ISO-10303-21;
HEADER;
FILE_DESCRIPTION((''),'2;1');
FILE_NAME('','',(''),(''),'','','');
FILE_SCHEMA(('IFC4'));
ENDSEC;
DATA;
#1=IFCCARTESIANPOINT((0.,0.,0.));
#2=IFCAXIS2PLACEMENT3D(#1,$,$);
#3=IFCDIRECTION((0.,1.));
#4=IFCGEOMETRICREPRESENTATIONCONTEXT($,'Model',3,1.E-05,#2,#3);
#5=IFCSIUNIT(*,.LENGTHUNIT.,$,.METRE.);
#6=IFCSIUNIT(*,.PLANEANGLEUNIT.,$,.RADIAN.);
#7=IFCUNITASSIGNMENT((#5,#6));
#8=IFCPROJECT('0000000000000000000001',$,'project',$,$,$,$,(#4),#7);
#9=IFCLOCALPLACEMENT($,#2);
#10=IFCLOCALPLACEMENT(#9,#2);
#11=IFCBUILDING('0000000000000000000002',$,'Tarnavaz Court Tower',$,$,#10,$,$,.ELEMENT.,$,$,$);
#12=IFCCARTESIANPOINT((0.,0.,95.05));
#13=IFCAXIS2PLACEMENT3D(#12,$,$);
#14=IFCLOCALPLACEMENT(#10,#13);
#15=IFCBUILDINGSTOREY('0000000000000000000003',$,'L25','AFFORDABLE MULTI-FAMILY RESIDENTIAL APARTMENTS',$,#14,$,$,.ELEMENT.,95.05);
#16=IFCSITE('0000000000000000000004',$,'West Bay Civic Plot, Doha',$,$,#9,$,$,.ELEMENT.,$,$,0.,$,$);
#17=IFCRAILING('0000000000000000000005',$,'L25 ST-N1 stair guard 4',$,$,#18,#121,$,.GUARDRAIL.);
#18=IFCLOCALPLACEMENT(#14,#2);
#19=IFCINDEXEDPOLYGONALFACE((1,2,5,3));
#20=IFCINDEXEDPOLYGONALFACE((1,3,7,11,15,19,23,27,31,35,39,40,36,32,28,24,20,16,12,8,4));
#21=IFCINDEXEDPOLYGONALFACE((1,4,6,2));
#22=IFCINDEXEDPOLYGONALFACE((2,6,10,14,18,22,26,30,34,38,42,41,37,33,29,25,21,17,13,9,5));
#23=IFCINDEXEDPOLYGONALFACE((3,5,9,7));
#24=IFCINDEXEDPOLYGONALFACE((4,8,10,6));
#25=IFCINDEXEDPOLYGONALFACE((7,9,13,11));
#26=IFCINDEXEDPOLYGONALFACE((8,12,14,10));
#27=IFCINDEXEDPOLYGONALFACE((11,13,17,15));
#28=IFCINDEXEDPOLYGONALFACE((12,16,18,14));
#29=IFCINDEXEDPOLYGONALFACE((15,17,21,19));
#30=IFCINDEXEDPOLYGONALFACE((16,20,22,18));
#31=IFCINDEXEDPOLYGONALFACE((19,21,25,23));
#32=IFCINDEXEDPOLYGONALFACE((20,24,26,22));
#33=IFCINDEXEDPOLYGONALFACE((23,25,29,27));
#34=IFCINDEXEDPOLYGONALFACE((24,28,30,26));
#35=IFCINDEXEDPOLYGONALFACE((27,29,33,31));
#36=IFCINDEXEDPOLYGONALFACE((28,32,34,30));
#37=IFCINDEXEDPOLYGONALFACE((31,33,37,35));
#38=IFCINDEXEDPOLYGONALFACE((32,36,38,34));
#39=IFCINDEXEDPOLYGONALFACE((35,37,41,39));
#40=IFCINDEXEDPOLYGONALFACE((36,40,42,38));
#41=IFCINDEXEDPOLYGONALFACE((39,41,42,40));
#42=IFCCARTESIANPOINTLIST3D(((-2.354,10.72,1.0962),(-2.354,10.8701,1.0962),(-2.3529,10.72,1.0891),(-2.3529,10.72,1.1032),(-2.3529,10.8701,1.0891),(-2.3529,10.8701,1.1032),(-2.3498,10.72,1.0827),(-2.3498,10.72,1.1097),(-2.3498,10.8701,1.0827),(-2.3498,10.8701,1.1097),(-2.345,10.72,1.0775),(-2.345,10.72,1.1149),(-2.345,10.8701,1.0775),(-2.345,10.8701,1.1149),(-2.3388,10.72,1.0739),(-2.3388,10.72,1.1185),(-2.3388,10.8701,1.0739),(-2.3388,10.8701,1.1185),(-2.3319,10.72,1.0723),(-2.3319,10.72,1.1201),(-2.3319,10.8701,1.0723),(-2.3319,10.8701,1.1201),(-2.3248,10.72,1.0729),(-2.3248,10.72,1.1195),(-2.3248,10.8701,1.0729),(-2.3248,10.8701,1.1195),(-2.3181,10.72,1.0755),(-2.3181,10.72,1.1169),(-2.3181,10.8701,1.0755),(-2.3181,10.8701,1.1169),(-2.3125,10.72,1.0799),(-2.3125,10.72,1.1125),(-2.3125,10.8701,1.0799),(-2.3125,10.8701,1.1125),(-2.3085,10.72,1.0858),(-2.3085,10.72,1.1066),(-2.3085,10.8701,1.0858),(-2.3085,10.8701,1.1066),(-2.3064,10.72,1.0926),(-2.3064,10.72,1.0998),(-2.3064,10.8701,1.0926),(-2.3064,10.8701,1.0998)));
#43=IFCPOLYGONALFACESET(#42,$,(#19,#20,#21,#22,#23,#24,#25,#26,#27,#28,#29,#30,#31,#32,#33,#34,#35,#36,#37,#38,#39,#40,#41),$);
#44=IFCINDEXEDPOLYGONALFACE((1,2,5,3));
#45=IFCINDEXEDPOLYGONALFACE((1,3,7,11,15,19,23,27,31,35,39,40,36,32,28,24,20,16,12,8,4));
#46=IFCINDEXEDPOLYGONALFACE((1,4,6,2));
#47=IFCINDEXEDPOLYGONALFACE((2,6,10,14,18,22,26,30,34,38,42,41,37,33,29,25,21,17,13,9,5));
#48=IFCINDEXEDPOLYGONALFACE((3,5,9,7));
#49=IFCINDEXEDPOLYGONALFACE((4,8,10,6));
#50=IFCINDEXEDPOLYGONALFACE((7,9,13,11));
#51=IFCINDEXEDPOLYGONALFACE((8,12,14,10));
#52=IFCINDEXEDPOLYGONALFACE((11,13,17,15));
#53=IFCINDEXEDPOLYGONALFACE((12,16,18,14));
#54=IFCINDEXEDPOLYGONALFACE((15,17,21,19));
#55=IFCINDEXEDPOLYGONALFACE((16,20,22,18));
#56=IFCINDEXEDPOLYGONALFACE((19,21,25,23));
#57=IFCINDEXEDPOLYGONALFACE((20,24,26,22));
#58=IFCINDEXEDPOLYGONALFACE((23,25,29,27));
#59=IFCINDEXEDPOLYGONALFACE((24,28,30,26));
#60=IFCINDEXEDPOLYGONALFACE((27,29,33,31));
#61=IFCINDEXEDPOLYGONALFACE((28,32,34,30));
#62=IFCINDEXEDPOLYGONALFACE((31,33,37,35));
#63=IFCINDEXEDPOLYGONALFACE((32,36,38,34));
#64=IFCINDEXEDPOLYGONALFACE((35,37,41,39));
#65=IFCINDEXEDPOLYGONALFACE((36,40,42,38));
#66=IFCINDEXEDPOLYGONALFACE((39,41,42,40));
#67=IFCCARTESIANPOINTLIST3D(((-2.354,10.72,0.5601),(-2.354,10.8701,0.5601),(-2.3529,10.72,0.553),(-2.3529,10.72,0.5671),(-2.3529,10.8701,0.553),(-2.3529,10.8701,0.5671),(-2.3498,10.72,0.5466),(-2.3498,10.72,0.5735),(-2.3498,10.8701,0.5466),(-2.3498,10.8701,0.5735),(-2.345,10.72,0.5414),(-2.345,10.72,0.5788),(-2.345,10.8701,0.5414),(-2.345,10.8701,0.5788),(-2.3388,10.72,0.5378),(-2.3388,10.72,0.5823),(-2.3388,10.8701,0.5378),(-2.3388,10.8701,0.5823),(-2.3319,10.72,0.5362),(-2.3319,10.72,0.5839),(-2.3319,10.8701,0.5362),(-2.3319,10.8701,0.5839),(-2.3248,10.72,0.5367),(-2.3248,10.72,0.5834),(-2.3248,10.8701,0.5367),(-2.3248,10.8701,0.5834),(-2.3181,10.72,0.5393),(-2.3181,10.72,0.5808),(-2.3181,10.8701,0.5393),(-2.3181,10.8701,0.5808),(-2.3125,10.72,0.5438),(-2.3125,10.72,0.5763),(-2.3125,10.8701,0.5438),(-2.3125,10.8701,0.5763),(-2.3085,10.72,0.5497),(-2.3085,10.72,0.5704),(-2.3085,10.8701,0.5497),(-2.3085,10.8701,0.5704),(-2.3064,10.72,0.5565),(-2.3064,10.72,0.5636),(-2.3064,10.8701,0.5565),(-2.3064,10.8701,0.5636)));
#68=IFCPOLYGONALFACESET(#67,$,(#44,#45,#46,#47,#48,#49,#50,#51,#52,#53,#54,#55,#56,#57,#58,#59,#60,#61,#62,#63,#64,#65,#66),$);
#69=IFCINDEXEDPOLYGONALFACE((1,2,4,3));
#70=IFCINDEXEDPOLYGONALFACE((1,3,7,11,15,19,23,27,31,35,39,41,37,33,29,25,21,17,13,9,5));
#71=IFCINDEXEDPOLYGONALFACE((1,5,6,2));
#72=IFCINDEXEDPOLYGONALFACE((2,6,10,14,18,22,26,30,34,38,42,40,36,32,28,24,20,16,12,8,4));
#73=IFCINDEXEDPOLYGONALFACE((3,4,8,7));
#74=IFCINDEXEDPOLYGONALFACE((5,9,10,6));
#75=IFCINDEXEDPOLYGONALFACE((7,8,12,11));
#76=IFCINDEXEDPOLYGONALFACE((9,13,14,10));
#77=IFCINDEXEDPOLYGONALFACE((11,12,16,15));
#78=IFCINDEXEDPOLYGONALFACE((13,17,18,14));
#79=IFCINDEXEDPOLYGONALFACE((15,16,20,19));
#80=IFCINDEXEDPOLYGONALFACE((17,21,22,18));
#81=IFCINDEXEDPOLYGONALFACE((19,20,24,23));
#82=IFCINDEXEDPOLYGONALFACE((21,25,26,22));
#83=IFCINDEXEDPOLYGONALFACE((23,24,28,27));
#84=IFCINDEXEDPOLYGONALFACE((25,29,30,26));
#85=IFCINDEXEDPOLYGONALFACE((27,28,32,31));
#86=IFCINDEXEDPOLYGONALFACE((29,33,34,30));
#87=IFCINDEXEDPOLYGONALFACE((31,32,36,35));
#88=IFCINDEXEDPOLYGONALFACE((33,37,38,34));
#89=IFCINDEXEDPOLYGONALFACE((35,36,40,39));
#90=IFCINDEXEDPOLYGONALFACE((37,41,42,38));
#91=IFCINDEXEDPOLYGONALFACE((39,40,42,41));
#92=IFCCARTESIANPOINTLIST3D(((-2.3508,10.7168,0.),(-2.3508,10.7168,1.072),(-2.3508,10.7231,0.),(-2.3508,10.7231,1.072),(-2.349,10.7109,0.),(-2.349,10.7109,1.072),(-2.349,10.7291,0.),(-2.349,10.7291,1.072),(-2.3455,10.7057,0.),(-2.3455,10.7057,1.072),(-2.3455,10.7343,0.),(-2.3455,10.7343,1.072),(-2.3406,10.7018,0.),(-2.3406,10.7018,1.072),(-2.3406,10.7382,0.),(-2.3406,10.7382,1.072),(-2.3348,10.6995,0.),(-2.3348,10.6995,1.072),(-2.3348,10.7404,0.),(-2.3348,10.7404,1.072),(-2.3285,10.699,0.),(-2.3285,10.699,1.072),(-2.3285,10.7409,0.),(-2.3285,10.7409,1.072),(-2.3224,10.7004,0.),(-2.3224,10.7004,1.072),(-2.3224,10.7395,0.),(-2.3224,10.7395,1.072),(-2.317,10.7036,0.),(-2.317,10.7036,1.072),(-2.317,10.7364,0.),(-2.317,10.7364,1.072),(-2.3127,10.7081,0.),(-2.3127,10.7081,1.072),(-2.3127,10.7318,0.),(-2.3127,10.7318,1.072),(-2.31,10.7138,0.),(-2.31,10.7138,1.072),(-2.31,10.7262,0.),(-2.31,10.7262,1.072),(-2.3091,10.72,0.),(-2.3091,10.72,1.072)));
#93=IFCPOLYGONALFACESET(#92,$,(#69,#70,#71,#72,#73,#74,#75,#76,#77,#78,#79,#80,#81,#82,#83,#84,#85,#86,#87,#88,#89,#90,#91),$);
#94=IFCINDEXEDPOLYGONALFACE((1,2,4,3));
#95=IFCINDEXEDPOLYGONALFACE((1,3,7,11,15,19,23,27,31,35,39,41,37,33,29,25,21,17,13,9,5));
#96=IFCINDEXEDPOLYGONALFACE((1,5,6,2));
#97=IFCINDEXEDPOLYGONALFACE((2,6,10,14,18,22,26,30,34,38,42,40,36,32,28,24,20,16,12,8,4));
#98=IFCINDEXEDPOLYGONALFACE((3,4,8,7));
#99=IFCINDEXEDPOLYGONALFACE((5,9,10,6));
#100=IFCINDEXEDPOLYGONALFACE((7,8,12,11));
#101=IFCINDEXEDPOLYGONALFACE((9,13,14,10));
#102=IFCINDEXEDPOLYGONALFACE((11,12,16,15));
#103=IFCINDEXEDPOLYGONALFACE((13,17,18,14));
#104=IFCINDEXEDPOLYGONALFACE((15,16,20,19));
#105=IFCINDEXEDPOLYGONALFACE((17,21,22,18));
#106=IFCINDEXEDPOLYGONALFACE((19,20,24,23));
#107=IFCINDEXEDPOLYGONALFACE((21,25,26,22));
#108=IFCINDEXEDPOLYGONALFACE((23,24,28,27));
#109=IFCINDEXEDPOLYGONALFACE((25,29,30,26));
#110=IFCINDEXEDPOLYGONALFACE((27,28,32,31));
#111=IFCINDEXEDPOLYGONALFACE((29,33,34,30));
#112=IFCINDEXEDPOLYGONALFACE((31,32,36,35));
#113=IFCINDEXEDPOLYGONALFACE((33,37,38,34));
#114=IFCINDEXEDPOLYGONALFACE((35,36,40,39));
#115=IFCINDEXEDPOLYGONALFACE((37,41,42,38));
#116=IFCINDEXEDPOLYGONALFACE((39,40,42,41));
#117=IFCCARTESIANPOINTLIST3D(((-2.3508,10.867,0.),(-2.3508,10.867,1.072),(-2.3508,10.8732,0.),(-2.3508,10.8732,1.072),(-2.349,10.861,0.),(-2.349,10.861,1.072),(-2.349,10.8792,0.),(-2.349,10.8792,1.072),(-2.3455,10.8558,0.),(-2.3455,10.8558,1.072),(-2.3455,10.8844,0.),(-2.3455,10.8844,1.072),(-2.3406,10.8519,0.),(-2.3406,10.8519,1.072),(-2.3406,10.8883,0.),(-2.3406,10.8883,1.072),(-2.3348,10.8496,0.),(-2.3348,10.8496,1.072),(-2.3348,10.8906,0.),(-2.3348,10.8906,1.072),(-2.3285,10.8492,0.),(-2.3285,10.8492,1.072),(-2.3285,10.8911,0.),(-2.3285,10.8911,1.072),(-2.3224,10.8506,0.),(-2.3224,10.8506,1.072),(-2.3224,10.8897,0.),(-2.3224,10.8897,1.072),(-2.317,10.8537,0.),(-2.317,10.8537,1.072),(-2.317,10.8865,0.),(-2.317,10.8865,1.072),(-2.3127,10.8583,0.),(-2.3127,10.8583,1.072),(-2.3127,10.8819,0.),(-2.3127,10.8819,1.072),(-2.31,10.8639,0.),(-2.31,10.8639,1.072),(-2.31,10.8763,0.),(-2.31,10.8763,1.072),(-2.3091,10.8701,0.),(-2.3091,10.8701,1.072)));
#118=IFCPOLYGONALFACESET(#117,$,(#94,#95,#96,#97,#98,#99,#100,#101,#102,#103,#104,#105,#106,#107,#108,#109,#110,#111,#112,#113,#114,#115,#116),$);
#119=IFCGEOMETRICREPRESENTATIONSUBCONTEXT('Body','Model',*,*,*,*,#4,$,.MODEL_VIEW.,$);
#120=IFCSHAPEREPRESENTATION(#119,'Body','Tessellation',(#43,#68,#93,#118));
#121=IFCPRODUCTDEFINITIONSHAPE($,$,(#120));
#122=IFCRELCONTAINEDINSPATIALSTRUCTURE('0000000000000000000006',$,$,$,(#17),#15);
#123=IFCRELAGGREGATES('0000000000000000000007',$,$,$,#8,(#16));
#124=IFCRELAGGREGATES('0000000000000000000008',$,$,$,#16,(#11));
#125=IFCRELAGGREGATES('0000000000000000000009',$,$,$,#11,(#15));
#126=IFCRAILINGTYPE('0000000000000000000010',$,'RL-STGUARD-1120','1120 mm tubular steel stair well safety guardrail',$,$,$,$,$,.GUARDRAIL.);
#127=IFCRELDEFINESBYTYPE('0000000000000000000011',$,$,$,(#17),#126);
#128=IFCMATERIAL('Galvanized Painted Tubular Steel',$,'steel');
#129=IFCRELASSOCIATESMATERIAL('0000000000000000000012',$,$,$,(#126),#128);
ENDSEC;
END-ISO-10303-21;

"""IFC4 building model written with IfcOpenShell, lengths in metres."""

from ifc_helpers import new_model, si_unit, direction, frame, origin, origin_2d, place, context, subcontext, project, spatial, circle, extrude, material, type_object, element, save


model = new_model("IFC4")

# Units and contexts
model_context = context("Model", 3, precision=1e-05, world=origin(), true_north=direction((0.0, 1.0)))
body_context = subcontext(model_context, "Body", "Model", "MODEL_VIEW")
ifc_project = project(units=[si_unit("LENGTHUNIT", "METRE"), si_unit("PLANEANGLEUNIT", "RADIAN")], contexts=[model_context])

# Site, building, storey
site_placement = place(None, origin())
site = spatial("IfcSite", under=ifc_project, at=site_placement, Name="West Bay Civic Plot, Doha", CompositionType="ELEMENT", RefElevation=0.0)
building_placement = place(site_placement, origin())
building = spatial("IfcBuilding", under=site, at=building_placement, Name="Tarnavaz Court Tower", CompositionType="ELEMENT")
storey_placement = place(building_placement, frame((0.0, 0.0, 95.05)))
storey = spatial("IfcBuildingStorey", under=building, at=storey_placement, Name="L25", Description="AFFORDABLE MULTI-FAMILY RESIDENTIAL APARTMENTS", CompositionType="ELEMENT", Elevation=95.05)

# Railing
ifc_material_1 = material(Name="Galvanized Painted Tubular Steel", Category="steel")
railing_type_1 = type_object("IfcRailingType", Name="RL-STGUARD-1120", Description="1120 mm tubular steel stair well safety guardrail", PredefinedType="GUARDRAIL", material=ifc_material_1)
railing_1_placement = place(storey_placement, frame((-2.3301, 10.72, 0.0)))
element("IfcRailing", 1, at=railing_1_placement, inside=storey, type_object=railing_type_1, Name="L25 ST-N1 stair guard 4", PredefinedType="GUARDRAIL", context=body_context, shape_type="SweptSolid", body=[
    extrude(circle(Radius=0.0239, at=origin_2d()), frame((0.0, 0.0, 1.0962), z_axis=(0.0, 1.0, 0.0), x_axis=(-1.0, 0.0, 0.0)), (0.0, 0.0, 1.0), 0.1501),
    extrude(circle(Radius=0.0239, at=origin_2d()), frame((0.0, 0.0, 0.5601), z_axis=(0.0, 1.0, 0.0), x_axis=(-1.0, 0.0, 0.0)), (0.0, 0.0, 1.0), 0.1501),
    extrude(circle(Radius=0.021, at=origin_2d()), origin(), (0.0, 0.0, 1.0), 1.072),
    extrude(circle(Radius=0.021, at=origin_2d()), frame((0.0, 0.1501, 0.0)), (0.0, 0.0, 1.0), 1.072),
])

save(model, "model.ifc")
